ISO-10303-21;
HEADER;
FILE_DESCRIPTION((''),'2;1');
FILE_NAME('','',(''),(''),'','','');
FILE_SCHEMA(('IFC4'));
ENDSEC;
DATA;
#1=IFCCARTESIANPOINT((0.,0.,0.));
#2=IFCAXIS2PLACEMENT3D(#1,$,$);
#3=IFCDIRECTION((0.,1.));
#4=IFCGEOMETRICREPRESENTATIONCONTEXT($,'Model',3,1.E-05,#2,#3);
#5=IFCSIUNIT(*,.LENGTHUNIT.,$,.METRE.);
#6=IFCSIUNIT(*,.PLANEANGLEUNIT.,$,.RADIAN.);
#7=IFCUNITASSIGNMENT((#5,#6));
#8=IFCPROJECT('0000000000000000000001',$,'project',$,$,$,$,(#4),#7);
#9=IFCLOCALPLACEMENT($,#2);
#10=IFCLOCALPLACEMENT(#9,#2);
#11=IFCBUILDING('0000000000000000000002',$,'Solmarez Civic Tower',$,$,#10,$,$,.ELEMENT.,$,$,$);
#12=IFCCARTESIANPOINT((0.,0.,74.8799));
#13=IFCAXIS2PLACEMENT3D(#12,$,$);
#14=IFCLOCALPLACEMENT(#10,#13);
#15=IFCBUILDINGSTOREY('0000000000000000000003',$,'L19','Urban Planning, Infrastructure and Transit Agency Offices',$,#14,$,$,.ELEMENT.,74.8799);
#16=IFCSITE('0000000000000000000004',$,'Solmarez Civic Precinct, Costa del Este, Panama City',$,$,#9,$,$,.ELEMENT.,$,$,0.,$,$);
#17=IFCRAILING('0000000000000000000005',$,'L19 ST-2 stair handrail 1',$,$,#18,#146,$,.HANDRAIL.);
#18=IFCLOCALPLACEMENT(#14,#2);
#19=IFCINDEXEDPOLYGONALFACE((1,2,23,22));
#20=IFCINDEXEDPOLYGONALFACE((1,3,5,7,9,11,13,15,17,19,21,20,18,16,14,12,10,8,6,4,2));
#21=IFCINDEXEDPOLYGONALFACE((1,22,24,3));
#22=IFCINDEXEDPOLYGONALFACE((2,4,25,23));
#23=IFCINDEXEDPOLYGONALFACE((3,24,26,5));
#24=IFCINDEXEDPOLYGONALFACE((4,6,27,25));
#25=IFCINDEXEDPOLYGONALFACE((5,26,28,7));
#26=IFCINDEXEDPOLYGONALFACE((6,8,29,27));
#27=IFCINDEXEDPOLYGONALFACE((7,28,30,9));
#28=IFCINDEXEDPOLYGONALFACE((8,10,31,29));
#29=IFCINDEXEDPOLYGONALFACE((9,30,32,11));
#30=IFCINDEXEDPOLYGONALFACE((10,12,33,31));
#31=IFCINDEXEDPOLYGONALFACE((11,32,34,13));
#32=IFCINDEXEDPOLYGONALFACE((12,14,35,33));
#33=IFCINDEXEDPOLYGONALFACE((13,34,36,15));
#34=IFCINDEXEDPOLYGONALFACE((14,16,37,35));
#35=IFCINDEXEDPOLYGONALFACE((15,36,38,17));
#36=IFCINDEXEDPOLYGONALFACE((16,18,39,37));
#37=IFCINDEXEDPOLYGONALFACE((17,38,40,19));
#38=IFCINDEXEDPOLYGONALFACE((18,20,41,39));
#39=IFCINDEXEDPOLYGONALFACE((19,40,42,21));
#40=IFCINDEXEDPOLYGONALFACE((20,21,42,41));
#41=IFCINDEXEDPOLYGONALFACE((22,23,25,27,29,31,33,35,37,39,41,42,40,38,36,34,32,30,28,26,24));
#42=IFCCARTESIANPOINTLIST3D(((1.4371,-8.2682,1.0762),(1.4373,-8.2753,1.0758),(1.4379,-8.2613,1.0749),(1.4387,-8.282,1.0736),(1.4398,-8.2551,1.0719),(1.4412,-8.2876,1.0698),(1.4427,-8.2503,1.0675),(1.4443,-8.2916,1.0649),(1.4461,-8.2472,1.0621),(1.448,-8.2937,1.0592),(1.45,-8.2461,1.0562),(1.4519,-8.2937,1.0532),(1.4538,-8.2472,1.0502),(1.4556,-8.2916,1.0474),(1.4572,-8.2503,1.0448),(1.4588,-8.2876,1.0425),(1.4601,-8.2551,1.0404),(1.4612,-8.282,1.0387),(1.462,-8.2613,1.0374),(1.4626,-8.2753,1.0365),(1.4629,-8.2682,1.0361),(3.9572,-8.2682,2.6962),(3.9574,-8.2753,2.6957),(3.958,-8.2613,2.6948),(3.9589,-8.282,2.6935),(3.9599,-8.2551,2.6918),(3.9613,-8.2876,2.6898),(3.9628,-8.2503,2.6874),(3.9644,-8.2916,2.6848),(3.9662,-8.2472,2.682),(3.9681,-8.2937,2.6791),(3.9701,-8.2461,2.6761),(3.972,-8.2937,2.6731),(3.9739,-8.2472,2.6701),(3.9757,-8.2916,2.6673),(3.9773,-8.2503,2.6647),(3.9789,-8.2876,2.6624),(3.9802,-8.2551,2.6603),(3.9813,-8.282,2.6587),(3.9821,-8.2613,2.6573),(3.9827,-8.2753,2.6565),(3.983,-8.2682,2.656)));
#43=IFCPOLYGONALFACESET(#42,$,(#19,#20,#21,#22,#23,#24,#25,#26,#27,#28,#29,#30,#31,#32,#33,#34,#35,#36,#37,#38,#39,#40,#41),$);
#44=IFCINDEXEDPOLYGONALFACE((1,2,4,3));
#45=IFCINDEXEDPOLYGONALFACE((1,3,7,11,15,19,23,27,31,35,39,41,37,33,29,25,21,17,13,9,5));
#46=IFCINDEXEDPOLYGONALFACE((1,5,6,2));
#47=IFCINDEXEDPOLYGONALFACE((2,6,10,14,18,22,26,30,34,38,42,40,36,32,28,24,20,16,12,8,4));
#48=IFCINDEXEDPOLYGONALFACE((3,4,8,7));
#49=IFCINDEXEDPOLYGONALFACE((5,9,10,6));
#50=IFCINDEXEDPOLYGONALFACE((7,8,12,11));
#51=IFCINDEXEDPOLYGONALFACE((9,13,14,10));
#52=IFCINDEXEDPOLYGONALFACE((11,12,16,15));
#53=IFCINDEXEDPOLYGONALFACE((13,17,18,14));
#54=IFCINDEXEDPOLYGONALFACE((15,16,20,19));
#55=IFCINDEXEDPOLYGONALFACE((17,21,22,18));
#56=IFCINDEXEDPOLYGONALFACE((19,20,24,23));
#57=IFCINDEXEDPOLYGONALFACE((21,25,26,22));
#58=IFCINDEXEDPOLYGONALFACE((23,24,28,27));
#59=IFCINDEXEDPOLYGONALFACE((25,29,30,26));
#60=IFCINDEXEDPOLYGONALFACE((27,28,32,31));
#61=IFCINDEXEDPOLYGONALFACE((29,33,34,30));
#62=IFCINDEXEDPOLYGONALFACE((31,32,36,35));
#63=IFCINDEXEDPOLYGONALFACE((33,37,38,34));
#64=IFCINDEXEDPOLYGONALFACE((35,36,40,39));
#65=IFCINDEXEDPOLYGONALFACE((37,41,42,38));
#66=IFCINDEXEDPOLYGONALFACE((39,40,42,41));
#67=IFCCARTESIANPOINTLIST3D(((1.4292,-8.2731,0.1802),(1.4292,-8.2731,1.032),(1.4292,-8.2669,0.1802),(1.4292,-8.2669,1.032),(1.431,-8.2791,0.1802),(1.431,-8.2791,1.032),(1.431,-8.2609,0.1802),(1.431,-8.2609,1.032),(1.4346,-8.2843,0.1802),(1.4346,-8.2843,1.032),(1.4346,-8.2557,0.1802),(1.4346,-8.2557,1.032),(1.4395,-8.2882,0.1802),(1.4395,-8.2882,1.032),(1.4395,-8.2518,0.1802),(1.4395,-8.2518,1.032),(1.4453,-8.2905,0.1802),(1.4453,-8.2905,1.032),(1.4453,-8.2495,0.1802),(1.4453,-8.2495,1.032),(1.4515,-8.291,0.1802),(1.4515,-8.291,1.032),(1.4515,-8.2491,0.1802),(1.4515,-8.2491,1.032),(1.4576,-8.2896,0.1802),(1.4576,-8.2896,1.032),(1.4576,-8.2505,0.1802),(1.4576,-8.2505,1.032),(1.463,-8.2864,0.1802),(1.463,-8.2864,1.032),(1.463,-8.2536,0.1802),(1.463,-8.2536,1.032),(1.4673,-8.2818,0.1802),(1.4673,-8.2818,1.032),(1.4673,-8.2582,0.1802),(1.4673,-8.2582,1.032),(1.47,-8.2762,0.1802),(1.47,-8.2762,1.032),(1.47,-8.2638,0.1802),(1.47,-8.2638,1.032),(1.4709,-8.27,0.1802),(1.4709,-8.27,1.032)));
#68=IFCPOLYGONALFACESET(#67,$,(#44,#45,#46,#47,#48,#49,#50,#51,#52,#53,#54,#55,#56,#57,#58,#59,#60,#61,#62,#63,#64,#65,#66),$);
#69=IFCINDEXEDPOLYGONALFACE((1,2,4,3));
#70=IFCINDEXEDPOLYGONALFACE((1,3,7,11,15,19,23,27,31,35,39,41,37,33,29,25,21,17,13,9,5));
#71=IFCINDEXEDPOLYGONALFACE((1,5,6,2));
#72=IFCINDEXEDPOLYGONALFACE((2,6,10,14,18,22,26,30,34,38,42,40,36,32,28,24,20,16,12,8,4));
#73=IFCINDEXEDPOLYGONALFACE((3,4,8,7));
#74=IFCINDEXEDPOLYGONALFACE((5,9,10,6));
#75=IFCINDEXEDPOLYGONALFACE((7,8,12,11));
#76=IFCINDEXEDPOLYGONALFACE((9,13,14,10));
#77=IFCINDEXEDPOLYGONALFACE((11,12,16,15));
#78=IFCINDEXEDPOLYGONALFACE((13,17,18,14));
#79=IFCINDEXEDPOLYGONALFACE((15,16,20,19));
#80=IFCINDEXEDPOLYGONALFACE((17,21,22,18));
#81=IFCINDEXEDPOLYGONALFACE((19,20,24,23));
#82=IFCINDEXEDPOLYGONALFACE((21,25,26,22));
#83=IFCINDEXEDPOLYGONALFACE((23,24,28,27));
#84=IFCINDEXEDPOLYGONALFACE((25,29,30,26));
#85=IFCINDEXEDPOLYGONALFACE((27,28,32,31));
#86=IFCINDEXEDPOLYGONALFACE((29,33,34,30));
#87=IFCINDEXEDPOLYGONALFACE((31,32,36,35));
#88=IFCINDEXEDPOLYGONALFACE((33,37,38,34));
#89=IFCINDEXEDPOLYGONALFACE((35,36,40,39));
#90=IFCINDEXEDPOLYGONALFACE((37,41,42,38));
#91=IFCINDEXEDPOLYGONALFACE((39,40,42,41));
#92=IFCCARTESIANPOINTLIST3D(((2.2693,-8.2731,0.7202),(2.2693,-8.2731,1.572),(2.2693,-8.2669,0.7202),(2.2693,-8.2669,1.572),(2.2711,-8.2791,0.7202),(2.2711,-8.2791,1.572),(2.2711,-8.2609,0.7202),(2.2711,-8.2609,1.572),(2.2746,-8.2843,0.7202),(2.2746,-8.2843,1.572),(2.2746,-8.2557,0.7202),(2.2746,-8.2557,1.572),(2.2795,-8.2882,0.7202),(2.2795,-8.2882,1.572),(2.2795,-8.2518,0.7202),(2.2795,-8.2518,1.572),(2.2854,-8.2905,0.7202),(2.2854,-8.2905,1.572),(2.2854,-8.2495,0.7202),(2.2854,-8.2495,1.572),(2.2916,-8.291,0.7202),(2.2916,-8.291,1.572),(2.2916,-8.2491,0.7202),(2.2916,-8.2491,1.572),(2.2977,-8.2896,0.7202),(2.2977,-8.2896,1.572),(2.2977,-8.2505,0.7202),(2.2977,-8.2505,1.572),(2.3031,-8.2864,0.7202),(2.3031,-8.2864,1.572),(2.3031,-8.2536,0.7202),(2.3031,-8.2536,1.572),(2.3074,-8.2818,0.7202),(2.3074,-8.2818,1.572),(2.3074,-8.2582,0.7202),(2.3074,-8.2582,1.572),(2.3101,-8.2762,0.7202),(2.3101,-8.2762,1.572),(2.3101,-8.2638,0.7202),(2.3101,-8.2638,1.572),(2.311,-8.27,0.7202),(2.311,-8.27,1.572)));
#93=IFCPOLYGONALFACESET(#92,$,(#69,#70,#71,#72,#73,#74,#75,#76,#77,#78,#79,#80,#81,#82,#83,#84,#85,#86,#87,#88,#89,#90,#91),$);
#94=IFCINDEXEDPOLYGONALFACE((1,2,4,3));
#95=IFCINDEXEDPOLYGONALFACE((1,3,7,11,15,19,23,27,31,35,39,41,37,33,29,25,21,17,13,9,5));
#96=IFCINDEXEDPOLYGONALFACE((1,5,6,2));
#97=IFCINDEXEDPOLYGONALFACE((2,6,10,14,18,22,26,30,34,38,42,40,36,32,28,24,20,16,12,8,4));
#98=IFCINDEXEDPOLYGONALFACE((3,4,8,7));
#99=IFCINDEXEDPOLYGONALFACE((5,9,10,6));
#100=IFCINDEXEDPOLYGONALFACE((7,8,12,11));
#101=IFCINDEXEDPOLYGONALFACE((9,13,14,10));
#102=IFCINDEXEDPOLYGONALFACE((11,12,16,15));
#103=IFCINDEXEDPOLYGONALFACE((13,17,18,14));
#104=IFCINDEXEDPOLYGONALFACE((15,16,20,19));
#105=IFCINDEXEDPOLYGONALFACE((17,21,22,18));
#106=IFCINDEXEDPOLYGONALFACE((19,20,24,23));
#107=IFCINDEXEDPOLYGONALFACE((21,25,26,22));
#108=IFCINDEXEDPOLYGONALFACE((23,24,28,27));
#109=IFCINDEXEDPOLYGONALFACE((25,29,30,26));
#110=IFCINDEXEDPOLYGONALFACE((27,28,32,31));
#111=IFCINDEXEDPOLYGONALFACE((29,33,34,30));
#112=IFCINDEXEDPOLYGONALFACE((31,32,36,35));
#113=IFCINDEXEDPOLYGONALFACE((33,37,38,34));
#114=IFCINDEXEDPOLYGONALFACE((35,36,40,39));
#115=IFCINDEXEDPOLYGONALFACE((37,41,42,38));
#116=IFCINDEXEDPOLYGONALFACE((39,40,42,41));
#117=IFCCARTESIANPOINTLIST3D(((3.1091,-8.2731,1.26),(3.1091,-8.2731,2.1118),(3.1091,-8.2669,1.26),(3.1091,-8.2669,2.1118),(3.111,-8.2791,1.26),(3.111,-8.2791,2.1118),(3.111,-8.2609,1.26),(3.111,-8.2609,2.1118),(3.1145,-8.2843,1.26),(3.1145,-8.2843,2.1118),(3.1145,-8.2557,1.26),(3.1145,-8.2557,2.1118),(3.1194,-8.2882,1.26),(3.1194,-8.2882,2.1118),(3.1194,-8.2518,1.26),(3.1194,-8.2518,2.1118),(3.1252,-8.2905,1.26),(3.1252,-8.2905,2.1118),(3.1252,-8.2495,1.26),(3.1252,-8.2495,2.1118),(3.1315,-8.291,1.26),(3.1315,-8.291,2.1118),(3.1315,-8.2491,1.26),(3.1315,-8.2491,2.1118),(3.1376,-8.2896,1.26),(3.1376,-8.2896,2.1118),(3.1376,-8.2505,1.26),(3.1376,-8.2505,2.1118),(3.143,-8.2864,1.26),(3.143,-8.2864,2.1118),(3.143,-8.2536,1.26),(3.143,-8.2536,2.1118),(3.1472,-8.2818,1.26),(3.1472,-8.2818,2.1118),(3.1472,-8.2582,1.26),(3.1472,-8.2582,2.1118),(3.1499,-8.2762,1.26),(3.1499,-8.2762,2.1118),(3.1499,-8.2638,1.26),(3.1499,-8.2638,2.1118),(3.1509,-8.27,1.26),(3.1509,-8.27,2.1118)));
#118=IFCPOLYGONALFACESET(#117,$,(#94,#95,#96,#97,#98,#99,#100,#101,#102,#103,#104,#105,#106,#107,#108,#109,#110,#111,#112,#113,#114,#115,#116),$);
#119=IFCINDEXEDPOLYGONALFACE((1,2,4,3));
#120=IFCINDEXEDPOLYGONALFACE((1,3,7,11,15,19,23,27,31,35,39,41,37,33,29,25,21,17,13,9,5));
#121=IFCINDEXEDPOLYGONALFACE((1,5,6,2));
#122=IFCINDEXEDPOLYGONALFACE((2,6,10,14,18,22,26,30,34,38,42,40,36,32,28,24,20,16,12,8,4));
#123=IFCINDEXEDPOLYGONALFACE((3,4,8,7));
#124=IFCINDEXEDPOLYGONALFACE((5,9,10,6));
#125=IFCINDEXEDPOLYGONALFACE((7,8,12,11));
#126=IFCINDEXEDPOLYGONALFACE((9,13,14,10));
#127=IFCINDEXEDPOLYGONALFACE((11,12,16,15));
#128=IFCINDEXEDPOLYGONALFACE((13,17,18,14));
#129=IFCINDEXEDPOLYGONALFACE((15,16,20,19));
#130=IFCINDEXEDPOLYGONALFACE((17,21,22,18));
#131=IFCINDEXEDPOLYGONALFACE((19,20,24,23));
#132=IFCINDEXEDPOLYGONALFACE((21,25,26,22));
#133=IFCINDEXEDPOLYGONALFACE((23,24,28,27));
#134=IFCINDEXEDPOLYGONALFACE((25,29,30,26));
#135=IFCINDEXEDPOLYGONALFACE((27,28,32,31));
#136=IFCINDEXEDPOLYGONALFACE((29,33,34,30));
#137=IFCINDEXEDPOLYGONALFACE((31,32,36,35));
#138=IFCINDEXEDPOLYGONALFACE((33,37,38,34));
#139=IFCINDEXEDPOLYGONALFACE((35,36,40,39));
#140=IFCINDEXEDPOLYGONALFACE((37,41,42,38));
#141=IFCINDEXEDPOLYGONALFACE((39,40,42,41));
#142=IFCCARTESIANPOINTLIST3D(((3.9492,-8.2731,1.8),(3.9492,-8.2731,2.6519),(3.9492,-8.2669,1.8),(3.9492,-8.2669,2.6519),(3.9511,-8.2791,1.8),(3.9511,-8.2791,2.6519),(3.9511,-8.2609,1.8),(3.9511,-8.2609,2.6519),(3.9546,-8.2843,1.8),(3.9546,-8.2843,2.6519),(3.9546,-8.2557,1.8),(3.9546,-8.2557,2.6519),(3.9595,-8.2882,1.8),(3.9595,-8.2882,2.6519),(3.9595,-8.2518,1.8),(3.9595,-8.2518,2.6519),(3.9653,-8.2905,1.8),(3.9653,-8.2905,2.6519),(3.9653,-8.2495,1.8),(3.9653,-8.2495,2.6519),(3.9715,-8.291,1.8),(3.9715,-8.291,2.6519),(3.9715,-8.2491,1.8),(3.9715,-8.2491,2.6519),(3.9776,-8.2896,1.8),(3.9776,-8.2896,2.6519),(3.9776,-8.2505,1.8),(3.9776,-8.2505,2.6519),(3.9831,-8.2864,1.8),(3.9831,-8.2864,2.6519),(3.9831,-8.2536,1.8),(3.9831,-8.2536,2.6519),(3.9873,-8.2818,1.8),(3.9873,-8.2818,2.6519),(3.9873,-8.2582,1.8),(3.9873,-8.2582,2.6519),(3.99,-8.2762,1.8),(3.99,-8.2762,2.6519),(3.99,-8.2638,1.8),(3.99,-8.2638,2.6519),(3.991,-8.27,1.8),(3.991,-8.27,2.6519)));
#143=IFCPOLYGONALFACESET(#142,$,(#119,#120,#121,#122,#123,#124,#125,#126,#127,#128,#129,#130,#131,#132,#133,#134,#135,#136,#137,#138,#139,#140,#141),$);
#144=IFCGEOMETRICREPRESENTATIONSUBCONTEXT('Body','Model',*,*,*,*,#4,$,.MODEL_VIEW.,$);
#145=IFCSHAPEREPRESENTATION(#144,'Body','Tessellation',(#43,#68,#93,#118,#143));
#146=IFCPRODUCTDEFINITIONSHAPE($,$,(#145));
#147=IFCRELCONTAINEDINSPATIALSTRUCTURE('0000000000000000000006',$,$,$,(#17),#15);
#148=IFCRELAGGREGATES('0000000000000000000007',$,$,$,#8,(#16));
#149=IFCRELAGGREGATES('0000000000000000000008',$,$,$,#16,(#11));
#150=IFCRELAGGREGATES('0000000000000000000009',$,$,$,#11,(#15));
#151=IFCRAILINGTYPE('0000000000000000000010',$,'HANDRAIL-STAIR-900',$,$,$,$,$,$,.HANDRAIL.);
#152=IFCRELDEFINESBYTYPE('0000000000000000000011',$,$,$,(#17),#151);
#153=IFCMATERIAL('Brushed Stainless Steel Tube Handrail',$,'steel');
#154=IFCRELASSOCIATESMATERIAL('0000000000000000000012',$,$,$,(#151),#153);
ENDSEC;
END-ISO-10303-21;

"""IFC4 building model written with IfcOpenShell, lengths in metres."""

from ifc_helpers import new_model, si_unit, direction, frame, origin, origin_2d, place, context, subcontext, project, spatial, circle, extrude, material, type_object, element, save


model = new_model("IFC4")

# Units and contexts
model_context = context("Model", 3, precision=1e-05, world=origin(), true_north=direction((0.0, 1.0)))
body_context = subcontext(model_context, "Body", "Model", "MODEL_VIEW")
ifc_project = project(units=[si_unit("LENGTHUNIT", "METRE"), si_unit("PLANEANGLEUNIT", "RADIAN")], contexts=[model_context])

# Site, building, storey
site_placement = place(None, origin())
site = spatial("IfcSite", under=ifc_project, at=site_placement, Name="Solmarez Civic Precinct, Costa del Este, Panama City", CompositionType="ELEMENT", RefElevation=0.0)
building_placement = place(site_placement, origin())
building = spatial("IfcBuilding", under=site, at=building_placement, Name="Solmarez Civic Tower", CompositionType="ELEMENT")
storey_placement = place(building_placement, frame((0.0, 0.0, 74.8799)))
storey = spatial("IfcBuildingStorey", under=building, at=storey_placement, Name="L19", Description="Urban Planning, Infrastructure and Transit Agency Offices", CompositionType="ELEMENT", Elevation=74.8799)

# Railing
ifc_material_1 = material(Name="Brushed Stainless Steel Tube Handrail", Category="steel")
railing_type_1 = type_object("IfcRailingType", Name="HANDRAIL-STAIR-900", PredefinedType="HANDRAIL", material=ifc_material_1)
railing_1_placement = place(storey_placement, frame((1.45, -8.27, 0.1802)))
element("IfcRailing", 1, at=railing_1_placement, inside=storey, type_object=railing_type_1, Name="L19 ST-2 stair handrail 1", PredefinedType="HANDRAIL", context=body_context, shape_type="SweptSolid", body=[
    extrude(circle(Radius=0.0239, at=origin_2d()), frame((0.0, 0.0, 0.876), z_axis=(0.8412, 0.0, 0.540725), x_axis=(0.0, 1.0, 0.0)), (0.0, 0.0, 1.0), 2.9958),
    extrude(circle(Radius=0.021, at=origin_2d()), origin(), (0.0, 0.0, 1.0), 0.8518),
    extrude(circle(Radius=0.021, at=origin_2d()), frame((0.8401, 0.0, 0.54)), (0.0, 0.0, 1.0), 0.8518),
    extrude(circle(Radius=0.021, at=origin_2d()), frame((1.6799, 0.0, 1.0798)), (0.0, 0.0, 1.0), 0.8518),
    extrude(circle(Radius=0.021, at=origin_2d()), frame((2.52, 0.0, 1.6199)), (0.0, 0.0, 1.0), 0.8518),
])

save(model, "model.ifc")
